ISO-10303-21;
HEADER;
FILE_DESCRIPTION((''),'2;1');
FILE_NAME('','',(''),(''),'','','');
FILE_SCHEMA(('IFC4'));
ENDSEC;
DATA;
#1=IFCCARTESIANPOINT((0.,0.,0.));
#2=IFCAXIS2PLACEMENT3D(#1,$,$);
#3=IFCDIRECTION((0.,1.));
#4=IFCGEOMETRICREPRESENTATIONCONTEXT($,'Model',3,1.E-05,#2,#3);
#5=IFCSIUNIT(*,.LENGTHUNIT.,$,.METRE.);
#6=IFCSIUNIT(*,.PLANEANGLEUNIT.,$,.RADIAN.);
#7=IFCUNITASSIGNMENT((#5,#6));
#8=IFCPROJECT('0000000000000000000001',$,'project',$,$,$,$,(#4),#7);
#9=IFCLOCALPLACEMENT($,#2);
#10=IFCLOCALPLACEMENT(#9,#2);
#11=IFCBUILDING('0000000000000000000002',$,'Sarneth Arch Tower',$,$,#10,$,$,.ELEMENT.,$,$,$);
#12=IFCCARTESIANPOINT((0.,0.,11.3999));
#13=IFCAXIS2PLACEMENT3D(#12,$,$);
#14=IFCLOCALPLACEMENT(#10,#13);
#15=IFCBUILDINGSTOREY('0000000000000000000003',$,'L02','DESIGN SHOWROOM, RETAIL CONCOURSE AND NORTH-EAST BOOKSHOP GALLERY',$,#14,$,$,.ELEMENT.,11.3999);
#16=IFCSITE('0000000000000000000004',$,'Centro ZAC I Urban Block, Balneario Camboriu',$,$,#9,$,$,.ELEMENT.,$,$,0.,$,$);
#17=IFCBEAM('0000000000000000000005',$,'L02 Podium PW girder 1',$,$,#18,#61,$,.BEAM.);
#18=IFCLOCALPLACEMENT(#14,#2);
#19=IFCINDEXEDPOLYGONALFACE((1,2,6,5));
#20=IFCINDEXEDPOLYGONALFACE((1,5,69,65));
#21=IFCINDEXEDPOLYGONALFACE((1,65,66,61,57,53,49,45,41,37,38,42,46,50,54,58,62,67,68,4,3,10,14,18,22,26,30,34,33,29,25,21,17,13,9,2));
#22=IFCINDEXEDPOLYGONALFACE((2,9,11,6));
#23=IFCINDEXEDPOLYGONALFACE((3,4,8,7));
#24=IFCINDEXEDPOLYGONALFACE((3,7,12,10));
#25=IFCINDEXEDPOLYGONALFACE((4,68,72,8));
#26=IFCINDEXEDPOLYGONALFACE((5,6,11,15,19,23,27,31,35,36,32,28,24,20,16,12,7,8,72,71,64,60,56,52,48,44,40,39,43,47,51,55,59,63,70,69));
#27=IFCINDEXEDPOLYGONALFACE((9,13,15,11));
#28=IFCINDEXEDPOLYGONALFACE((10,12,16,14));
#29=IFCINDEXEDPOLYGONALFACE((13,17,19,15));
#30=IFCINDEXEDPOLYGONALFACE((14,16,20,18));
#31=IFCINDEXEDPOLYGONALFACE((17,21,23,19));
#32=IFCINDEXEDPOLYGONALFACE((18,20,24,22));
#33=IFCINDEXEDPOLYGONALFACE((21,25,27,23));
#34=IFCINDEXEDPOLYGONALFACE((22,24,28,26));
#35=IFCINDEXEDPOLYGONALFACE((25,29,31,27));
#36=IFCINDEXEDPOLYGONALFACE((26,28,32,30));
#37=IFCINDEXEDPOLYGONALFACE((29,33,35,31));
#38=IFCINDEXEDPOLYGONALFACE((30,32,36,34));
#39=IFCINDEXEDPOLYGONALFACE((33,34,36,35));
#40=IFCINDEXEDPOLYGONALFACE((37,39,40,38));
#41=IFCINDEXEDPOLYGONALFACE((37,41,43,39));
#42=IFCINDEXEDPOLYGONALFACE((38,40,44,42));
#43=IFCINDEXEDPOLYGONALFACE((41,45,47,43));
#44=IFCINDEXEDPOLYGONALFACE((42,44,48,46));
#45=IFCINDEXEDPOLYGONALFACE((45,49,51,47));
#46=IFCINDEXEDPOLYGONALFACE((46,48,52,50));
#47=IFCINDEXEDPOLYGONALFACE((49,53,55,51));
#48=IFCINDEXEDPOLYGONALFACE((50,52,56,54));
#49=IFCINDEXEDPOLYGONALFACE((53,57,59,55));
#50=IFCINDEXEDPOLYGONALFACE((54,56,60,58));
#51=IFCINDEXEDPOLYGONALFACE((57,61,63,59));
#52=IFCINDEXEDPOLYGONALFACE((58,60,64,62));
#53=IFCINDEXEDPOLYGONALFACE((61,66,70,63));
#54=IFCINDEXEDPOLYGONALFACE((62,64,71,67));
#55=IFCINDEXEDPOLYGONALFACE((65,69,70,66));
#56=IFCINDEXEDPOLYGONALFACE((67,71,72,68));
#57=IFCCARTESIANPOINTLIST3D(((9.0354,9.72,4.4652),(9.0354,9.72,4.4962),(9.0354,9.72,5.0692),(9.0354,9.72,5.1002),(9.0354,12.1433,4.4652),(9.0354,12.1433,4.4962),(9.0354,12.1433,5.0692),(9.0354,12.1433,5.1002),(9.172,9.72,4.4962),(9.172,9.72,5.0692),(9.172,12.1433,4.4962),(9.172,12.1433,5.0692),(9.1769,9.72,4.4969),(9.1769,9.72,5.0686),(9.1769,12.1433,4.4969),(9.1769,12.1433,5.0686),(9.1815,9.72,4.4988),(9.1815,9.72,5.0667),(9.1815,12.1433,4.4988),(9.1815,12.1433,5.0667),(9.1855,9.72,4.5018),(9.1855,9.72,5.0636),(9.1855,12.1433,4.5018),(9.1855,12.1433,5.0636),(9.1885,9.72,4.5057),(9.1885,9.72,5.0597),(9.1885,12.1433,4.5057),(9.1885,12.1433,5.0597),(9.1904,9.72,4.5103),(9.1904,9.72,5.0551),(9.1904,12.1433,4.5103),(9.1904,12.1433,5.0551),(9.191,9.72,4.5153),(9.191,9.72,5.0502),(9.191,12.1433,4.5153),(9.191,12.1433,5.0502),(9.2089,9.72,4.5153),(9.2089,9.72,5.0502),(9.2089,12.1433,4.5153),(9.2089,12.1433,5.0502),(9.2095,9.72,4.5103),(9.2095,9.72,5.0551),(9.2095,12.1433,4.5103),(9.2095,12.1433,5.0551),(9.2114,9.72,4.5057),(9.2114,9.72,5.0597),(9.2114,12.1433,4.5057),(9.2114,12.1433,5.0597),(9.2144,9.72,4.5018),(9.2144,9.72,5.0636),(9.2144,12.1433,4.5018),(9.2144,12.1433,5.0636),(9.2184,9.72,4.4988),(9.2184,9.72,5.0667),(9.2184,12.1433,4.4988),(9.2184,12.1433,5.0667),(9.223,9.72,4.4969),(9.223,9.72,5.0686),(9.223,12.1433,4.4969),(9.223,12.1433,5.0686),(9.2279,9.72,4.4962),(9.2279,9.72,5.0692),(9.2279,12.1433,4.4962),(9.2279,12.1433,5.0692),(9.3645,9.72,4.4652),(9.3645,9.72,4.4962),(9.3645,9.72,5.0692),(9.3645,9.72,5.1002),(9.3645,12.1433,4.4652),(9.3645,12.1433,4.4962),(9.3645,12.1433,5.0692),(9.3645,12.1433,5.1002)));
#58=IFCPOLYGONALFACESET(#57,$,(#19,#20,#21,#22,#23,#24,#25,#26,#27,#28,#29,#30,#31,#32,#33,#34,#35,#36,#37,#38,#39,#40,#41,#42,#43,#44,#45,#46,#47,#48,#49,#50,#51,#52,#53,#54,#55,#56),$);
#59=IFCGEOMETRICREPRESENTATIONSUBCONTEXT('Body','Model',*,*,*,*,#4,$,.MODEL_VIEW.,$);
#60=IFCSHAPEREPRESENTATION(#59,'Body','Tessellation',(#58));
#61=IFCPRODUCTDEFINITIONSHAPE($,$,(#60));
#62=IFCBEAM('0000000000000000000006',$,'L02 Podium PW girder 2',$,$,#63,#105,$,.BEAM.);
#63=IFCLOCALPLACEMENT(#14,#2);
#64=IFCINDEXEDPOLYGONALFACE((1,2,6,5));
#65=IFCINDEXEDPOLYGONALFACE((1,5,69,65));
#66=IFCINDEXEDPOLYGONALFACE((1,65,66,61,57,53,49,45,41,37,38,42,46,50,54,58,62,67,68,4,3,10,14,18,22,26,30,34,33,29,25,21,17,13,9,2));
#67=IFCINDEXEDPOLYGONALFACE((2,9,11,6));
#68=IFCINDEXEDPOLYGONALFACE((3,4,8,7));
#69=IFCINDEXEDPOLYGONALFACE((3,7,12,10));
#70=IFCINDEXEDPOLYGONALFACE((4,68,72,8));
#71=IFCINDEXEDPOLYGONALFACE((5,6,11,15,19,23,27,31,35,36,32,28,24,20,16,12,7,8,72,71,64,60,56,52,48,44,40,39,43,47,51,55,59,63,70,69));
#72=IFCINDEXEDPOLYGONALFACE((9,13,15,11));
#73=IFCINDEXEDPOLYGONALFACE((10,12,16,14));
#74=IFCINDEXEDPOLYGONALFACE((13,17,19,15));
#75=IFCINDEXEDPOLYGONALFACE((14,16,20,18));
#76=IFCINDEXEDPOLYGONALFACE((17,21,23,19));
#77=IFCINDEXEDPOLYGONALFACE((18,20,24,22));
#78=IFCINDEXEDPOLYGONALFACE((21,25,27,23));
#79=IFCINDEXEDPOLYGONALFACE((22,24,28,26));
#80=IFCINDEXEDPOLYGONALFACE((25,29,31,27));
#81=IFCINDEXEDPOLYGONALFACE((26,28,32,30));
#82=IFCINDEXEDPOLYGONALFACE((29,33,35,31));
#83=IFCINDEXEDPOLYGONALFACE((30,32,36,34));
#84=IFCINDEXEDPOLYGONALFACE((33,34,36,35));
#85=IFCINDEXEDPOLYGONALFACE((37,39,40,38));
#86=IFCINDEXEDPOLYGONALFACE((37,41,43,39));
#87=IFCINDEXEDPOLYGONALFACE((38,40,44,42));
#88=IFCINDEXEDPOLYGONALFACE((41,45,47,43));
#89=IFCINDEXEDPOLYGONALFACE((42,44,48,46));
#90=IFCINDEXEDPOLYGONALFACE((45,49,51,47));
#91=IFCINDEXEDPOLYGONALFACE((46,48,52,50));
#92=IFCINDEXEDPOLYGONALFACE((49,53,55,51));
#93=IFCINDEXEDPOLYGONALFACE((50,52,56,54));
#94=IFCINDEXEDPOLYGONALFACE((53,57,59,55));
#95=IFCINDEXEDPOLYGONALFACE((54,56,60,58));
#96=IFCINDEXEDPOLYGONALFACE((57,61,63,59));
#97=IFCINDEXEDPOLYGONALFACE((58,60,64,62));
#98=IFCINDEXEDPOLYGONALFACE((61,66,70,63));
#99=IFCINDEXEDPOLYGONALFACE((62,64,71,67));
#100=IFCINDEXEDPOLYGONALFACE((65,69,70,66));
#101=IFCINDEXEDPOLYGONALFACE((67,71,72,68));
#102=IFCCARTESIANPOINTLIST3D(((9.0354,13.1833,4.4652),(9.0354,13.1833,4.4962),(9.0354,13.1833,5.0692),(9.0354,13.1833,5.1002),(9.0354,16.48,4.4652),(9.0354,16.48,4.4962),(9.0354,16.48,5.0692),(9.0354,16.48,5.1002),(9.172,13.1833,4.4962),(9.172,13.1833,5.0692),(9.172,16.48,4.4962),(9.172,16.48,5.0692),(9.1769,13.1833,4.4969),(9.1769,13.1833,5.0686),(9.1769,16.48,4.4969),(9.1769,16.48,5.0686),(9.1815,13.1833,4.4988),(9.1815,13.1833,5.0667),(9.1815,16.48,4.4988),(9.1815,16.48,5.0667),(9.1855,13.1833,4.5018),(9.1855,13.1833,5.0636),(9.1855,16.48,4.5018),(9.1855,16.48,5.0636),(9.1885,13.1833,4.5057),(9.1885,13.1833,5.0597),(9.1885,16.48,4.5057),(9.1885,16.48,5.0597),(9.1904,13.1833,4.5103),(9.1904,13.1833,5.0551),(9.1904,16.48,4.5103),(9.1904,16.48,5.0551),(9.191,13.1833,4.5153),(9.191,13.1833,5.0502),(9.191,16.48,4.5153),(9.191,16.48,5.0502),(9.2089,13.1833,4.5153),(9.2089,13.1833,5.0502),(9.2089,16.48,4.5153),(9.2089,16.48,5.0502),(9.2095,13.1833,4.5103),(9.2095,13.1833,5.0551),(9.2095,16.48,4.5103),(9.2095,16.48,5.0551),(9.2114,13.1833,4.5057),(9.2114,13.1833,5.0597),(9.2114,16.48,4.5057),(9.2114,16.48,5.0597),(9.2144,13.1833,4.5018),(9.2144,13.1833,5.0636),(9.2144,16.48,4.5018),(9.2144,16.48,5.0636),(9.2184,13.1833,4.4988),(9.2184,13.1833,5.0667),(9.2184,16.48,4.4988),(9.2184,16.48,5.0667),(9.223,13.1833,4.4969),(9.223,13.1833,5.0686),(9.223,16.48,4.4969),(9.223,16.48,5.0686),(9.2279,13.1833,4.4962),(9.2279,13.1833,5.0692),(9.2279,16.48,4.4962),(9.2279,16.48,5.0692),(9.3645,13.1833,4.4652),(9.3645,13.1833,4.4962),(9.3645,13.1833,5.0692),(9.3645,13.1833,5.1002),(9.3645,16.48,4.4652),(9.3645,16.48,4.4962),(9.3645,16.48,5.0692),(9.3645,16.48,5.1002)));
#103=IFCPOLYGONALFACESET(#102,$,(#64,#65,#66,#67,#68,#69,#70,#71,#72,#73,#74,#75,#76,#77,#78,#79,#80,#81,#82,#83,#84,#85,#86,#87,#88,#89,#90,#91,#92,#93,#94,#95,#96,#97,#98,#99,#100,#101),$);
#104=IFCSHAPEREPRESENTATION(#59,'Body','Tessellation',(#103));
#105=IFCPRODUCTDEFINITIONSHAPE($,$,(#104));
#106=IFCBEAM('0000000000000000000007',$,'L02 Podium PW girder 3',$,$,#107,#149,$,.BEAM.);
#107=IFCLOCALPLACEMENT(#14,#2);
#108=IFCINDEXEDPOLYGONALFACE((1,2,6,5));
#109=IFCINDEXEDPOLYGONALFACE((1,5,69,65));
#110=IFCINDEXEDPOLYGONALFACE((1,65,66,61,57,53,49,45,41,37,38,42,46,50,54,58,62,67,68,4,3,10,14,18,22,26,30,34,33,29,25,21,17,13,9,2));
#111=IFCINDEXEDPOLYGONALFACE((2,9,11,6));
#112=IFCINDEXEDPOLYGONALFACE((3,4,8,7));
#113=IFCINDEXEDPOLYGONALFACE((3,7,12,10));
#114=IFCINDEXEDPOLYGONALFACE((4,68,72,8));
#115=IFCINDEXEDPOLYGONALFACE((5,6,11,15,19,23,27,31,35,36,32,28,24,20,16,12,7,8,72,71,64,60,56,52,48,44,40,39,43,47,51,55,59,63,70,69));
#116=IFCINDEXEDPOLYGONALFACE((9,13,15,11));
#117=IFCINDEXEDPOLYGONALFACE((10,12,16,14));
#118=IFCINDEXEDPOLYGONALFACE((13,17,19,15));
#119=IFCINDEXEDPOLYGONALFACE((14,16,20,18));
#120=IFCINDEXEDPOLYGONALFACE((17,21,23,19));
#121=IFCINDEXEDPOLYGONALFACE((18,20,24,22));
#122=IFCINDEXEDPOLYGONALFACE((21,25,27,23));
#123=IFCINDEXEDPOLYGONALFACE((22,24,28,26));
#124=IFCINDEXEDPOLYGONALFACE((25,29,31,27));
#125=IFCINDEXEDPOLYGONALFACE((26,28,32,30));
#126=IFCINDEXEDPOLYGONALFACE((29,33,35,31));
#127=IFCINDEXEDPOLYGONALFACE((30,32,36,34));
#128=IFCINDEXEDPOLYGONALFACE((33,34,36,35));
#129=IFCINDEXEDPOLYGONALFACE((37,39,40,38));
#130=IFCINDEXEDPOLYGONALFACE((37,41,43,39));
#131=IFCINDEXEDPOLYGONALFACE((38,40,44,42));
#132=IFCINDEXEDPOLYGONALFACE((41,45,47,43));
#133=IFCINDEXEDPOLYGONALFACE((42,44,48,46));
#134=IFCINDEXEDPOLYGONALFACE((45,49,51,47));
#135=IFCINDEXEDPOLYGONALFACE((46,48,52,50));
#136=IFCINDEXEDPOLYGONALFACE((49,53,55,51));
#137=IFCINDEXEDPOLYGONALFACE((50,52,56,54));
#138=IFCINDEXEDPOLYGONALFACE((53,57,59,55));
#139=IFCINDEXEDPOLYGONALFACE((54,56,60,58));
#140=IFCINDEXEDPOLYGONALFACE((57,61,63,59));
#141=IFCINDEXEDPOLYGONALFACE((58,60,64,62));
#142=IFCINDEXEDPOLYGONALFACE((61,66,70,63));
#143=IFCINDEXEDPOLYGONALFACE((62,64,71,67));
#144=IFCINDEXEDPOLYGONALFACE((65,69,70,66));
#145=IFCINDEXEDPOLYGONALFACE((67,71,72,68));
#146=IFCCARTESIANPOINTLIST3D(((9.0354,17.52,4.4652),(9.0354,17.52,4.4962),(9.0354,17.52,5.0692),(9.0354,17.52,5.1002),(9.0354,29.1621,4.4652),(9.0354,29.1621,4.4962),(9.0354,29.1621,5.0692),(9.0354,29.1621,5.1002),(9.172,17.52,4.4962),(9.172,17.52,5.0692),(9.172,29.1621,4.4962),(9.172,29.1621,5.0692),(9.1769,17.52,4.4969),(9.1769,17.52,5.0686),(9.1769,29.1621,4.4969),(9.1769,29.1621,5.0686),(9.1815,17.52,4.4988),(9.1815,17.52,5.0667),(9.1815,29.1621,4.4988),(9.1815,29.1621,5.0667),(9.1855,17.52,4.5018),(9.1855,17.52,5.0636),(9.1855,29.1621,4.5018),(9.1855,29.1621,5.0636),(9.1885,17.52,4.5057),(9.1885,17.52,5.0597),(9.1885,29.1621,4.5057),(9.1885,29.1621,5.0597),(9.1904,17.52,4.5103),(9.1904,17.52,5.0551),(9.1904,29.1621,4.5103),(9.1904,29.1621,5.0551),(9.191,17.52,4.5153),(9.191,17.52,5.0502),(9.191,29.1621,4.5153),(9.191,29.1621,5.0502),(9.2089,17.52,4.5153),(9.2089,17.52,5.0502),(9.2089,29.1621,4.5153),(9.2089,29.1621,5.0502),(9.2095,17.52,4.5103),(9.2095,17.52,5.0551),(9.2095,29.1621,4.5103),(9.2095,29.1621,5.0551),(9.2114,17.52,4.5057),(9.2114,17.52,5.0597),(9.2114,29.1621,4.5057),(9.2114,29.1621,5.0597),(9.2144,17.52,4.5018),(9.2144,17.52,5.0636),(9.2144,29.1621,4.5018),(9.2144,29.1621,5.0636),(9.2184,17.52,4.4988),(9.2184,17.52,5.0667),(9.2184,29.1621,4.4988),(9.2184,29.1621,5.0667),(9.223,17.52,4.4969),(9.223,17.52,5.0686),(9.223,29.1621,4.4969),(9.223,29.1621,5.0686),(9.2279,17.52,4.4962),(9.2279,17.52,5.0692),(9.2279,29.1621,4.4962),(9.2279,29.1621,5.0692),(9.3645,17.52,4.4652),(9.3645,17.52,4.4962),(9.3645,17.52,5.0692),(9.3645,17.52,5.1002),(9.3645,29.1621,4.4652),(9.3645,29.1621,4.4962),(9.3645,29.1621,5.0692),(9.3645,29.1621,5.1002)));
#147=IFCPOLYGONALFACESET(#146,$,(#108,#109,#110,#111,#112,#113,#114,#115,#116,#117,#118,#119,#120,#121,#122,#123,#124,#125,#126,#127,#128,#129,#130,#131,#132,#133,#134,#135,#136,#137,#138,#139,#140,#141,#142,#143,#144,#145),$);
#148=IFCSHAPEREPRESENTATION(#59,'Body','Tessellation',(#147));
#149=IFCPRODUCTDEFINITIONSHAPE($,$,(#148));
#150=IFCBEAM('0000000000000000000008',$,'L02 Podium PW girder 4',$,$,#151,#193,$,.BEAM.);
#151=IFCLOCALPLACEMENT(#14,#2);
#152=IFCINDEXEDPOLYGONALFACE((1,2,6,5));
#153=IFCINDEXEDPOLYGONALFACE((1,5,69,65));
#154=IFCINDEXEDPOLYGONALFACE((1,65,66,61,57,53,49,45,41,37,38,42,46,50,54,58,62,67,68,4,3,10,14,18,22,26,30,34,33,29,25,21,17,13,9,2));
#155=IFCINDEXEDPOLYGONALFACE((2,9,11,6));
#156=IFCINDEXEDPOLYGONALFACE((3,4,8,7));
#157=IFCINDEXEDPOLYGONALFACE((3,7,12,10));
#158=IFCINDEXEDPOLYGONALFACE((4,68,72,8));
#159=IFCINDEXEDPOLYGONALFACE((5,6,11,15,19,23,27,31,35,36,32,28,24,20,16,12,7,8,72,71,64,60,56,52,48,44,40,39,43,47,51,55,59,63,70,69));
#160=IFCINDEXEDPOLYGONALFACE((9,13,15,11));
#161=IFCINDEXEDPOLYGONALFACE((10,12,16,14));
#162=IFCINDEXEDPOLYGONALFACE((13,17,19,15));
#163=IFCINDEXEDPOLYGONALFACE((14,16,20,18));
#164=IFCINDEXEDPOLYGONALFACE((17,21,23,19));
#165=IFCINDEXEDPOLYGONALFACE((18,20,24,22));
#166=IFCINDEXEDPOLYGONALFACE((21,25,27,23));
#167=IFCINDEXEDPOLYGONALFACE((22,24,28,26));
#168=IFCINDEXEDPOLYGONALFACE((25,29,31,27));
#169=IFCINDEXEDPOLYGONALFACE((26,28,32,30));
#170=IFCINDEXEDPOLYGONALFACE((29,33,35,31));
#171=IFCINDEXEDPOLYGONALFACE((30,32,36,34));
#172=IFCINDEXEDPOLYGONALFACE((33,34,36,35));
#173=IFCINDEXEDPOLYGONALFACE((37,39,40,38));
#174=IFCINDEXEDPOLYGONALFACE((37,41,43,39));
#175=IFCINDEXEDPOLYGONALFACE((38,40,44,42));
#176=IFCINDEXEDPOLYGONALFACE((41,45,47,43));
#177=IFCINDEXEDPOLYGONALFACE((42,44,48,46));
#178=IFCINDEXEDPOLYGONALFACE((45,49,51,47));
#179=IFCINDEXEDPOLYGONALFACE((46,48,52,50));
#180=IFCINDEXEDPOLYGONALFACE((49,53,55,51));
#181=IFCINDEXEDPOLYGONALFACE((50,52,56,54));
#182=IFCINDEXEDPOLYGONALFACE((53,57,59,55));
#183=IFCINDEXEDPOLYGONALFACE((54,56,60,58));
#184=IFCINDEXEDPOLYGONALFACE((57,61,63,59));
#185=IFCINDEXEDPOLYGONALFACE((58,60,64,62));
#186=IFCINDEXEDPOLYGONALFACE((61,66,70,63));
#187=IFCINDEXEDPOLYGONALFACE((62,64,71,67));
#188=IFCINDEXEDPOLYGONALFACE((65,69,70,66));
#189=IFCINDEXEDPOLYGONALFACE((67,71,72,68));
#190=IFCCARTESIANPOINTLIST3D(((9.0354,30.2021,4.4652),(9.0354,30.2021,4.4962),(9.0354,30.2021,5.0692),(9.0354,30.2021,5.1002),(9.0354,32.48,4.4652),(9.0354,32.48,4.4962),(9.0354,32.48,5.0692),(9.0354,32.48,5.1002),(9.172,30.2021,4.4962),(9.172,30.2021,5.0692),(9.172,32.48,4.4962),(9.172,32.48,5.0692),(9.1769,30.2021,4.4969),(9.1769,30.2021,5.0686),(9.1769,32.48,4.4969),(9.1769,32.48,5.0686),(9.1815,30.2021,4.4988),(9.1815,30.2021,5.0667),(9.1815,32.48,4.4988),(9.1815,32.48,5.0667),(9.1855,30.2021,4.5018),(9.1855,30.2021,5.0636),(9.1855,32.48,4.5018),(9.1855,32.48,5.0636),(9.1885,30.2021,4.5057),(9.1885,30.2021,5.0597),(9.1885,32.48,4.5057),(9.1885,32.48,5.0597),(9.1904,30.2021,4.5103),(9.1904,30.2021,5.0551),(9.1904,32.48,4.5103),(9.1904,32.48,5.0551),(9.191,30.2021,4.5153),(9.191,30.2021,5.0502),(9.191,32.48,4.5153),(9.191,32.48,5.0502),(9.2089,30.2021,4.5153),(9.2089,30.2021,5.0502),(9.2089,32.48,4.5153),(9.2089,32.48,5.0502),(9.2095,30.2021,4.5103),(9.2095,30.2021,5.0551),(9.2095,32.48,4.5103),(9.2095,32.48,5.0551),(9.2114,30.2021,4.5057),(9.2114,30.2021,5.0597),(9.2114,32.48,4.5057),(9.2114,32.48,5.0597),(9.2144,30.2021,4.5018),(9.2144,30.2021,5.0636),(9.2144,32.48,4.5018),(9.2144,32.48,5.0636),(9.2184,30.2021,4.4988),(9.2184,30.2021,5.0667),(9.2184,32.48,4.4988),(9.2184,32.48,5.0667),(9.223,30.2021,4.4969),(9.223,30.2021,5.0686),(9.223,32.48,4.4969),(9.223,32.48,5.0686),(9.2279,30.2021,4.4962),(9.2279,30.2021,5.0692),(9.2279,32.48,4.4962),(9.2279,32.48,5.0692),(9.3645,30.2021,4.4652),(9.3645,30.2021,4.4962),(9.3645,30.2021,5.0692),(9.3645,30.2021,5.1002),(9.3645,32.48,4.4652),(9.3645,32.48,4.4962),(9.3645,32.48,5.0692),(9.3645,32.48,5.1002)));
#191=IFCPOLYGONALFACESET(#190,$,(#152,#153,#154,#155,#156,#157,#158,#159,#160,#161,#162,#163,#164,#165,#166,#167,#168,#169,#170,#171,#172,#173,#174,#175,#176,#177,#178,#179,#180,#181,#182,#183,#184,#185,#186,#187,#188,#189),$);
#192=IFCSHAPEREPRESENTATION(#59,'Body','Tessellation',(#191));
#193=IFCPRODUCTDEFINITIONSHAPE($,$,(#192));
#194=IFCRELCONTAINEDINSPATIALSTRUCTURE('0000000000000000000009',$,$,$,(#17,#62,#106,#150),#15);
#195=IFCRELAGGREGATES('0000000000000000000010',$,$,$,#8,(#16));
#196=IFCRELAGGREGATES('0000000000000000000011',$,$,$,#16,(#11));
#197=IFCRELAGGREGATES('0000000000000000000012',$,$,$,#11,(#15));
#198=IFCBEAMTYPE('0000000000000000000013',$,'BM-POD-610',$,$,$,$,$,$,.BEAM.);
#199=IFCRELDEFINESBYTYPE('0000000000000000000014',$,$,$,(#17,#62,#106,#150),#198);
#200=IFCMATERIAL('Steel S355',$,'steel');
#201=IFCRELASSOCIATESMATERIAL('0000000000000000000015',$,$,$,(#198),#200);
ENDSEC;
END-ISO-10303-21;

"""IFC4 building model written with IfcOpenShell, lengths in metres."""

from ifc_helpers import new_model, si_unit, direction, frame, origin, origin_2d, place, context, subcontext, project, spatial, i_section, extrude, material, material_profile, profile_set, type_object, element, save


model = new_model("IFC4")

# Units and contexts
model_context = context("Model", 3, precision=1e-05, world=origin(), true_north=direction((0.0, 1.0)))
body_context = subcontext(model_context, "Body", "Model", "MODEL_VIEW")
ifc_project = project(units=[si_unit("LENGTHUNIT", "METRE"), si_unit("PLANEANGLEUNIT", "RADIAN")], contexts=[model_context])

# Site, building, storey
site_placement = place(None, origin())
site = spatial("IfcSite", under=ifc_project, at=site_placement, Name="Centro ZAC I Urban Block, Balneario Camboriu", CompositionType="ELEMENT", RefElevation=0.0)
building_placement = place(site_placement, origin())
building = spatial("IfcBuilding", under=site, at=building_placement, Name="Sarneth Arch Tower", CompositionType="ELEMENT")
storey_placement = place(building_placement, frame((0.0, 0.0, 11.3999)))
storey = spatial("IfcBuildingStorey", under=building, at=storey_placement, Name="L02", Description="DESIGN SHOWROOM, RETAIL CONCOURSE AND NORTH-EAST BOOKSHOP GALLERY", CompositionType="ELEMENT", Elevation=11.3999)

# Beams
ifc_material_1 = material(Name="Steel S355", Category="steel")
ifc_material_profile_1 = material_profile(ifc_material_1, i_section(OverallWidth=0.3291, OverallDepth=0.635, WebThickness=0.0178, FlangeThickness=0.031, FilletRadius=0.019, at=origin_2d()), Name="W610x241")
ifc_profile_set_1 = profile_set([ifc_material_profile_1], Name="Steel S355")
beam_type = type_object("IfcBeamType", Name="BM-POD-610", PredefinedType="BEAM", material=ifc_profile_set_1)
beam_1_placement = place(storey_placement, frame((9.2, 9.72, 4.7827), z_axis=(0.0, 1.0, 0.0), x_axis=(-1.0, 0.0, 0.0)))
element("IfcBeam", 1, at=beam_1_placement, inside=storey, type_object=beam_type, Name="L02 Podium PW girder 1", PredefinedType="BEAM", context=body_context, shape_type="SweptSolid", body=[
    extrude(i_section(OverallWidth=0.3291, OverallDepth=0.635, WebThickness=0.0178, FlangeThickness=0.031, FilletRadius=0.019, at=origin_2d()), origin(), (0.0, 0.0, 1.0), 2.4233),
])
beam_2_placement = place(storey_placement, frame((9.2, 13.1833, 4.7827), z_axis=(0.0, 1.0, 0.0), x_axis=(-1.0, 0.0, 0.0)))
element("IfcBeam", 2, at=beam_2_placement, inside=storey, type_object=beam_type, Name="L02 Podium PW girder 2", PredefinedType="BEAM", context=body_context, shape_type="SweptSolid", body=[
    extrude(i_section(OverallWidth=0.3291, OverallDepth=0.635, WebThickness=0.0178, FlangeThickness=0.031, FilletRadius=0.019, at=origin_2d()), origin(), (0.0, 0.0, 1.0), 3.2966),
])
beam_3_placement = place(storey_placement, frame((9.2, 17.52, 4.7827), z_axis=(0.0, 1.0, 0.0), x_axis=(-1.0, 0.0, 0.0)))
element("IfcBeam", 3, at=beam_3_placement, inside=storey, type_object=beam_type, Name="L02 Podium PW girder 3", PredefinedType="BEAM", context=body_context, shape_type="SweptSolid", body=[
    extrude(i_section(OverallWidth=0.3291, OverallDepth=0.635, WebThickness=0.0178, FlangeThickness=0.031, FilletRadius=0.019, at=origin_2d()), origin(), (0.0, 0.0, 1.0), 11.6421),
])
beam_4_placement = place(storey_placement, frame((9.2, 30.2021, 4.7827), z_axis=(0.0, 1.0, 0.0), x_axis=(-1.0, 0.0, 0.0)))
element("IfcBeam", 4, at=beam_4_placement, inside=storey, type_object=beam_type, Name="L02 Podium PW girder 4", PredefinedType="BEAM", context=body_context, shape_type="SweptSolid", body=[
    extrude(i_section(OverallWidth=0.3291, OverallDepth=0.635, WebThickness=0.0178, FlangeThickness=0.031, FilletRadius=0.019, at=origin_2d()), origin(), (0.0, 0.0, 1.0), 2.2778),
])

save(model, "model.ifc")
